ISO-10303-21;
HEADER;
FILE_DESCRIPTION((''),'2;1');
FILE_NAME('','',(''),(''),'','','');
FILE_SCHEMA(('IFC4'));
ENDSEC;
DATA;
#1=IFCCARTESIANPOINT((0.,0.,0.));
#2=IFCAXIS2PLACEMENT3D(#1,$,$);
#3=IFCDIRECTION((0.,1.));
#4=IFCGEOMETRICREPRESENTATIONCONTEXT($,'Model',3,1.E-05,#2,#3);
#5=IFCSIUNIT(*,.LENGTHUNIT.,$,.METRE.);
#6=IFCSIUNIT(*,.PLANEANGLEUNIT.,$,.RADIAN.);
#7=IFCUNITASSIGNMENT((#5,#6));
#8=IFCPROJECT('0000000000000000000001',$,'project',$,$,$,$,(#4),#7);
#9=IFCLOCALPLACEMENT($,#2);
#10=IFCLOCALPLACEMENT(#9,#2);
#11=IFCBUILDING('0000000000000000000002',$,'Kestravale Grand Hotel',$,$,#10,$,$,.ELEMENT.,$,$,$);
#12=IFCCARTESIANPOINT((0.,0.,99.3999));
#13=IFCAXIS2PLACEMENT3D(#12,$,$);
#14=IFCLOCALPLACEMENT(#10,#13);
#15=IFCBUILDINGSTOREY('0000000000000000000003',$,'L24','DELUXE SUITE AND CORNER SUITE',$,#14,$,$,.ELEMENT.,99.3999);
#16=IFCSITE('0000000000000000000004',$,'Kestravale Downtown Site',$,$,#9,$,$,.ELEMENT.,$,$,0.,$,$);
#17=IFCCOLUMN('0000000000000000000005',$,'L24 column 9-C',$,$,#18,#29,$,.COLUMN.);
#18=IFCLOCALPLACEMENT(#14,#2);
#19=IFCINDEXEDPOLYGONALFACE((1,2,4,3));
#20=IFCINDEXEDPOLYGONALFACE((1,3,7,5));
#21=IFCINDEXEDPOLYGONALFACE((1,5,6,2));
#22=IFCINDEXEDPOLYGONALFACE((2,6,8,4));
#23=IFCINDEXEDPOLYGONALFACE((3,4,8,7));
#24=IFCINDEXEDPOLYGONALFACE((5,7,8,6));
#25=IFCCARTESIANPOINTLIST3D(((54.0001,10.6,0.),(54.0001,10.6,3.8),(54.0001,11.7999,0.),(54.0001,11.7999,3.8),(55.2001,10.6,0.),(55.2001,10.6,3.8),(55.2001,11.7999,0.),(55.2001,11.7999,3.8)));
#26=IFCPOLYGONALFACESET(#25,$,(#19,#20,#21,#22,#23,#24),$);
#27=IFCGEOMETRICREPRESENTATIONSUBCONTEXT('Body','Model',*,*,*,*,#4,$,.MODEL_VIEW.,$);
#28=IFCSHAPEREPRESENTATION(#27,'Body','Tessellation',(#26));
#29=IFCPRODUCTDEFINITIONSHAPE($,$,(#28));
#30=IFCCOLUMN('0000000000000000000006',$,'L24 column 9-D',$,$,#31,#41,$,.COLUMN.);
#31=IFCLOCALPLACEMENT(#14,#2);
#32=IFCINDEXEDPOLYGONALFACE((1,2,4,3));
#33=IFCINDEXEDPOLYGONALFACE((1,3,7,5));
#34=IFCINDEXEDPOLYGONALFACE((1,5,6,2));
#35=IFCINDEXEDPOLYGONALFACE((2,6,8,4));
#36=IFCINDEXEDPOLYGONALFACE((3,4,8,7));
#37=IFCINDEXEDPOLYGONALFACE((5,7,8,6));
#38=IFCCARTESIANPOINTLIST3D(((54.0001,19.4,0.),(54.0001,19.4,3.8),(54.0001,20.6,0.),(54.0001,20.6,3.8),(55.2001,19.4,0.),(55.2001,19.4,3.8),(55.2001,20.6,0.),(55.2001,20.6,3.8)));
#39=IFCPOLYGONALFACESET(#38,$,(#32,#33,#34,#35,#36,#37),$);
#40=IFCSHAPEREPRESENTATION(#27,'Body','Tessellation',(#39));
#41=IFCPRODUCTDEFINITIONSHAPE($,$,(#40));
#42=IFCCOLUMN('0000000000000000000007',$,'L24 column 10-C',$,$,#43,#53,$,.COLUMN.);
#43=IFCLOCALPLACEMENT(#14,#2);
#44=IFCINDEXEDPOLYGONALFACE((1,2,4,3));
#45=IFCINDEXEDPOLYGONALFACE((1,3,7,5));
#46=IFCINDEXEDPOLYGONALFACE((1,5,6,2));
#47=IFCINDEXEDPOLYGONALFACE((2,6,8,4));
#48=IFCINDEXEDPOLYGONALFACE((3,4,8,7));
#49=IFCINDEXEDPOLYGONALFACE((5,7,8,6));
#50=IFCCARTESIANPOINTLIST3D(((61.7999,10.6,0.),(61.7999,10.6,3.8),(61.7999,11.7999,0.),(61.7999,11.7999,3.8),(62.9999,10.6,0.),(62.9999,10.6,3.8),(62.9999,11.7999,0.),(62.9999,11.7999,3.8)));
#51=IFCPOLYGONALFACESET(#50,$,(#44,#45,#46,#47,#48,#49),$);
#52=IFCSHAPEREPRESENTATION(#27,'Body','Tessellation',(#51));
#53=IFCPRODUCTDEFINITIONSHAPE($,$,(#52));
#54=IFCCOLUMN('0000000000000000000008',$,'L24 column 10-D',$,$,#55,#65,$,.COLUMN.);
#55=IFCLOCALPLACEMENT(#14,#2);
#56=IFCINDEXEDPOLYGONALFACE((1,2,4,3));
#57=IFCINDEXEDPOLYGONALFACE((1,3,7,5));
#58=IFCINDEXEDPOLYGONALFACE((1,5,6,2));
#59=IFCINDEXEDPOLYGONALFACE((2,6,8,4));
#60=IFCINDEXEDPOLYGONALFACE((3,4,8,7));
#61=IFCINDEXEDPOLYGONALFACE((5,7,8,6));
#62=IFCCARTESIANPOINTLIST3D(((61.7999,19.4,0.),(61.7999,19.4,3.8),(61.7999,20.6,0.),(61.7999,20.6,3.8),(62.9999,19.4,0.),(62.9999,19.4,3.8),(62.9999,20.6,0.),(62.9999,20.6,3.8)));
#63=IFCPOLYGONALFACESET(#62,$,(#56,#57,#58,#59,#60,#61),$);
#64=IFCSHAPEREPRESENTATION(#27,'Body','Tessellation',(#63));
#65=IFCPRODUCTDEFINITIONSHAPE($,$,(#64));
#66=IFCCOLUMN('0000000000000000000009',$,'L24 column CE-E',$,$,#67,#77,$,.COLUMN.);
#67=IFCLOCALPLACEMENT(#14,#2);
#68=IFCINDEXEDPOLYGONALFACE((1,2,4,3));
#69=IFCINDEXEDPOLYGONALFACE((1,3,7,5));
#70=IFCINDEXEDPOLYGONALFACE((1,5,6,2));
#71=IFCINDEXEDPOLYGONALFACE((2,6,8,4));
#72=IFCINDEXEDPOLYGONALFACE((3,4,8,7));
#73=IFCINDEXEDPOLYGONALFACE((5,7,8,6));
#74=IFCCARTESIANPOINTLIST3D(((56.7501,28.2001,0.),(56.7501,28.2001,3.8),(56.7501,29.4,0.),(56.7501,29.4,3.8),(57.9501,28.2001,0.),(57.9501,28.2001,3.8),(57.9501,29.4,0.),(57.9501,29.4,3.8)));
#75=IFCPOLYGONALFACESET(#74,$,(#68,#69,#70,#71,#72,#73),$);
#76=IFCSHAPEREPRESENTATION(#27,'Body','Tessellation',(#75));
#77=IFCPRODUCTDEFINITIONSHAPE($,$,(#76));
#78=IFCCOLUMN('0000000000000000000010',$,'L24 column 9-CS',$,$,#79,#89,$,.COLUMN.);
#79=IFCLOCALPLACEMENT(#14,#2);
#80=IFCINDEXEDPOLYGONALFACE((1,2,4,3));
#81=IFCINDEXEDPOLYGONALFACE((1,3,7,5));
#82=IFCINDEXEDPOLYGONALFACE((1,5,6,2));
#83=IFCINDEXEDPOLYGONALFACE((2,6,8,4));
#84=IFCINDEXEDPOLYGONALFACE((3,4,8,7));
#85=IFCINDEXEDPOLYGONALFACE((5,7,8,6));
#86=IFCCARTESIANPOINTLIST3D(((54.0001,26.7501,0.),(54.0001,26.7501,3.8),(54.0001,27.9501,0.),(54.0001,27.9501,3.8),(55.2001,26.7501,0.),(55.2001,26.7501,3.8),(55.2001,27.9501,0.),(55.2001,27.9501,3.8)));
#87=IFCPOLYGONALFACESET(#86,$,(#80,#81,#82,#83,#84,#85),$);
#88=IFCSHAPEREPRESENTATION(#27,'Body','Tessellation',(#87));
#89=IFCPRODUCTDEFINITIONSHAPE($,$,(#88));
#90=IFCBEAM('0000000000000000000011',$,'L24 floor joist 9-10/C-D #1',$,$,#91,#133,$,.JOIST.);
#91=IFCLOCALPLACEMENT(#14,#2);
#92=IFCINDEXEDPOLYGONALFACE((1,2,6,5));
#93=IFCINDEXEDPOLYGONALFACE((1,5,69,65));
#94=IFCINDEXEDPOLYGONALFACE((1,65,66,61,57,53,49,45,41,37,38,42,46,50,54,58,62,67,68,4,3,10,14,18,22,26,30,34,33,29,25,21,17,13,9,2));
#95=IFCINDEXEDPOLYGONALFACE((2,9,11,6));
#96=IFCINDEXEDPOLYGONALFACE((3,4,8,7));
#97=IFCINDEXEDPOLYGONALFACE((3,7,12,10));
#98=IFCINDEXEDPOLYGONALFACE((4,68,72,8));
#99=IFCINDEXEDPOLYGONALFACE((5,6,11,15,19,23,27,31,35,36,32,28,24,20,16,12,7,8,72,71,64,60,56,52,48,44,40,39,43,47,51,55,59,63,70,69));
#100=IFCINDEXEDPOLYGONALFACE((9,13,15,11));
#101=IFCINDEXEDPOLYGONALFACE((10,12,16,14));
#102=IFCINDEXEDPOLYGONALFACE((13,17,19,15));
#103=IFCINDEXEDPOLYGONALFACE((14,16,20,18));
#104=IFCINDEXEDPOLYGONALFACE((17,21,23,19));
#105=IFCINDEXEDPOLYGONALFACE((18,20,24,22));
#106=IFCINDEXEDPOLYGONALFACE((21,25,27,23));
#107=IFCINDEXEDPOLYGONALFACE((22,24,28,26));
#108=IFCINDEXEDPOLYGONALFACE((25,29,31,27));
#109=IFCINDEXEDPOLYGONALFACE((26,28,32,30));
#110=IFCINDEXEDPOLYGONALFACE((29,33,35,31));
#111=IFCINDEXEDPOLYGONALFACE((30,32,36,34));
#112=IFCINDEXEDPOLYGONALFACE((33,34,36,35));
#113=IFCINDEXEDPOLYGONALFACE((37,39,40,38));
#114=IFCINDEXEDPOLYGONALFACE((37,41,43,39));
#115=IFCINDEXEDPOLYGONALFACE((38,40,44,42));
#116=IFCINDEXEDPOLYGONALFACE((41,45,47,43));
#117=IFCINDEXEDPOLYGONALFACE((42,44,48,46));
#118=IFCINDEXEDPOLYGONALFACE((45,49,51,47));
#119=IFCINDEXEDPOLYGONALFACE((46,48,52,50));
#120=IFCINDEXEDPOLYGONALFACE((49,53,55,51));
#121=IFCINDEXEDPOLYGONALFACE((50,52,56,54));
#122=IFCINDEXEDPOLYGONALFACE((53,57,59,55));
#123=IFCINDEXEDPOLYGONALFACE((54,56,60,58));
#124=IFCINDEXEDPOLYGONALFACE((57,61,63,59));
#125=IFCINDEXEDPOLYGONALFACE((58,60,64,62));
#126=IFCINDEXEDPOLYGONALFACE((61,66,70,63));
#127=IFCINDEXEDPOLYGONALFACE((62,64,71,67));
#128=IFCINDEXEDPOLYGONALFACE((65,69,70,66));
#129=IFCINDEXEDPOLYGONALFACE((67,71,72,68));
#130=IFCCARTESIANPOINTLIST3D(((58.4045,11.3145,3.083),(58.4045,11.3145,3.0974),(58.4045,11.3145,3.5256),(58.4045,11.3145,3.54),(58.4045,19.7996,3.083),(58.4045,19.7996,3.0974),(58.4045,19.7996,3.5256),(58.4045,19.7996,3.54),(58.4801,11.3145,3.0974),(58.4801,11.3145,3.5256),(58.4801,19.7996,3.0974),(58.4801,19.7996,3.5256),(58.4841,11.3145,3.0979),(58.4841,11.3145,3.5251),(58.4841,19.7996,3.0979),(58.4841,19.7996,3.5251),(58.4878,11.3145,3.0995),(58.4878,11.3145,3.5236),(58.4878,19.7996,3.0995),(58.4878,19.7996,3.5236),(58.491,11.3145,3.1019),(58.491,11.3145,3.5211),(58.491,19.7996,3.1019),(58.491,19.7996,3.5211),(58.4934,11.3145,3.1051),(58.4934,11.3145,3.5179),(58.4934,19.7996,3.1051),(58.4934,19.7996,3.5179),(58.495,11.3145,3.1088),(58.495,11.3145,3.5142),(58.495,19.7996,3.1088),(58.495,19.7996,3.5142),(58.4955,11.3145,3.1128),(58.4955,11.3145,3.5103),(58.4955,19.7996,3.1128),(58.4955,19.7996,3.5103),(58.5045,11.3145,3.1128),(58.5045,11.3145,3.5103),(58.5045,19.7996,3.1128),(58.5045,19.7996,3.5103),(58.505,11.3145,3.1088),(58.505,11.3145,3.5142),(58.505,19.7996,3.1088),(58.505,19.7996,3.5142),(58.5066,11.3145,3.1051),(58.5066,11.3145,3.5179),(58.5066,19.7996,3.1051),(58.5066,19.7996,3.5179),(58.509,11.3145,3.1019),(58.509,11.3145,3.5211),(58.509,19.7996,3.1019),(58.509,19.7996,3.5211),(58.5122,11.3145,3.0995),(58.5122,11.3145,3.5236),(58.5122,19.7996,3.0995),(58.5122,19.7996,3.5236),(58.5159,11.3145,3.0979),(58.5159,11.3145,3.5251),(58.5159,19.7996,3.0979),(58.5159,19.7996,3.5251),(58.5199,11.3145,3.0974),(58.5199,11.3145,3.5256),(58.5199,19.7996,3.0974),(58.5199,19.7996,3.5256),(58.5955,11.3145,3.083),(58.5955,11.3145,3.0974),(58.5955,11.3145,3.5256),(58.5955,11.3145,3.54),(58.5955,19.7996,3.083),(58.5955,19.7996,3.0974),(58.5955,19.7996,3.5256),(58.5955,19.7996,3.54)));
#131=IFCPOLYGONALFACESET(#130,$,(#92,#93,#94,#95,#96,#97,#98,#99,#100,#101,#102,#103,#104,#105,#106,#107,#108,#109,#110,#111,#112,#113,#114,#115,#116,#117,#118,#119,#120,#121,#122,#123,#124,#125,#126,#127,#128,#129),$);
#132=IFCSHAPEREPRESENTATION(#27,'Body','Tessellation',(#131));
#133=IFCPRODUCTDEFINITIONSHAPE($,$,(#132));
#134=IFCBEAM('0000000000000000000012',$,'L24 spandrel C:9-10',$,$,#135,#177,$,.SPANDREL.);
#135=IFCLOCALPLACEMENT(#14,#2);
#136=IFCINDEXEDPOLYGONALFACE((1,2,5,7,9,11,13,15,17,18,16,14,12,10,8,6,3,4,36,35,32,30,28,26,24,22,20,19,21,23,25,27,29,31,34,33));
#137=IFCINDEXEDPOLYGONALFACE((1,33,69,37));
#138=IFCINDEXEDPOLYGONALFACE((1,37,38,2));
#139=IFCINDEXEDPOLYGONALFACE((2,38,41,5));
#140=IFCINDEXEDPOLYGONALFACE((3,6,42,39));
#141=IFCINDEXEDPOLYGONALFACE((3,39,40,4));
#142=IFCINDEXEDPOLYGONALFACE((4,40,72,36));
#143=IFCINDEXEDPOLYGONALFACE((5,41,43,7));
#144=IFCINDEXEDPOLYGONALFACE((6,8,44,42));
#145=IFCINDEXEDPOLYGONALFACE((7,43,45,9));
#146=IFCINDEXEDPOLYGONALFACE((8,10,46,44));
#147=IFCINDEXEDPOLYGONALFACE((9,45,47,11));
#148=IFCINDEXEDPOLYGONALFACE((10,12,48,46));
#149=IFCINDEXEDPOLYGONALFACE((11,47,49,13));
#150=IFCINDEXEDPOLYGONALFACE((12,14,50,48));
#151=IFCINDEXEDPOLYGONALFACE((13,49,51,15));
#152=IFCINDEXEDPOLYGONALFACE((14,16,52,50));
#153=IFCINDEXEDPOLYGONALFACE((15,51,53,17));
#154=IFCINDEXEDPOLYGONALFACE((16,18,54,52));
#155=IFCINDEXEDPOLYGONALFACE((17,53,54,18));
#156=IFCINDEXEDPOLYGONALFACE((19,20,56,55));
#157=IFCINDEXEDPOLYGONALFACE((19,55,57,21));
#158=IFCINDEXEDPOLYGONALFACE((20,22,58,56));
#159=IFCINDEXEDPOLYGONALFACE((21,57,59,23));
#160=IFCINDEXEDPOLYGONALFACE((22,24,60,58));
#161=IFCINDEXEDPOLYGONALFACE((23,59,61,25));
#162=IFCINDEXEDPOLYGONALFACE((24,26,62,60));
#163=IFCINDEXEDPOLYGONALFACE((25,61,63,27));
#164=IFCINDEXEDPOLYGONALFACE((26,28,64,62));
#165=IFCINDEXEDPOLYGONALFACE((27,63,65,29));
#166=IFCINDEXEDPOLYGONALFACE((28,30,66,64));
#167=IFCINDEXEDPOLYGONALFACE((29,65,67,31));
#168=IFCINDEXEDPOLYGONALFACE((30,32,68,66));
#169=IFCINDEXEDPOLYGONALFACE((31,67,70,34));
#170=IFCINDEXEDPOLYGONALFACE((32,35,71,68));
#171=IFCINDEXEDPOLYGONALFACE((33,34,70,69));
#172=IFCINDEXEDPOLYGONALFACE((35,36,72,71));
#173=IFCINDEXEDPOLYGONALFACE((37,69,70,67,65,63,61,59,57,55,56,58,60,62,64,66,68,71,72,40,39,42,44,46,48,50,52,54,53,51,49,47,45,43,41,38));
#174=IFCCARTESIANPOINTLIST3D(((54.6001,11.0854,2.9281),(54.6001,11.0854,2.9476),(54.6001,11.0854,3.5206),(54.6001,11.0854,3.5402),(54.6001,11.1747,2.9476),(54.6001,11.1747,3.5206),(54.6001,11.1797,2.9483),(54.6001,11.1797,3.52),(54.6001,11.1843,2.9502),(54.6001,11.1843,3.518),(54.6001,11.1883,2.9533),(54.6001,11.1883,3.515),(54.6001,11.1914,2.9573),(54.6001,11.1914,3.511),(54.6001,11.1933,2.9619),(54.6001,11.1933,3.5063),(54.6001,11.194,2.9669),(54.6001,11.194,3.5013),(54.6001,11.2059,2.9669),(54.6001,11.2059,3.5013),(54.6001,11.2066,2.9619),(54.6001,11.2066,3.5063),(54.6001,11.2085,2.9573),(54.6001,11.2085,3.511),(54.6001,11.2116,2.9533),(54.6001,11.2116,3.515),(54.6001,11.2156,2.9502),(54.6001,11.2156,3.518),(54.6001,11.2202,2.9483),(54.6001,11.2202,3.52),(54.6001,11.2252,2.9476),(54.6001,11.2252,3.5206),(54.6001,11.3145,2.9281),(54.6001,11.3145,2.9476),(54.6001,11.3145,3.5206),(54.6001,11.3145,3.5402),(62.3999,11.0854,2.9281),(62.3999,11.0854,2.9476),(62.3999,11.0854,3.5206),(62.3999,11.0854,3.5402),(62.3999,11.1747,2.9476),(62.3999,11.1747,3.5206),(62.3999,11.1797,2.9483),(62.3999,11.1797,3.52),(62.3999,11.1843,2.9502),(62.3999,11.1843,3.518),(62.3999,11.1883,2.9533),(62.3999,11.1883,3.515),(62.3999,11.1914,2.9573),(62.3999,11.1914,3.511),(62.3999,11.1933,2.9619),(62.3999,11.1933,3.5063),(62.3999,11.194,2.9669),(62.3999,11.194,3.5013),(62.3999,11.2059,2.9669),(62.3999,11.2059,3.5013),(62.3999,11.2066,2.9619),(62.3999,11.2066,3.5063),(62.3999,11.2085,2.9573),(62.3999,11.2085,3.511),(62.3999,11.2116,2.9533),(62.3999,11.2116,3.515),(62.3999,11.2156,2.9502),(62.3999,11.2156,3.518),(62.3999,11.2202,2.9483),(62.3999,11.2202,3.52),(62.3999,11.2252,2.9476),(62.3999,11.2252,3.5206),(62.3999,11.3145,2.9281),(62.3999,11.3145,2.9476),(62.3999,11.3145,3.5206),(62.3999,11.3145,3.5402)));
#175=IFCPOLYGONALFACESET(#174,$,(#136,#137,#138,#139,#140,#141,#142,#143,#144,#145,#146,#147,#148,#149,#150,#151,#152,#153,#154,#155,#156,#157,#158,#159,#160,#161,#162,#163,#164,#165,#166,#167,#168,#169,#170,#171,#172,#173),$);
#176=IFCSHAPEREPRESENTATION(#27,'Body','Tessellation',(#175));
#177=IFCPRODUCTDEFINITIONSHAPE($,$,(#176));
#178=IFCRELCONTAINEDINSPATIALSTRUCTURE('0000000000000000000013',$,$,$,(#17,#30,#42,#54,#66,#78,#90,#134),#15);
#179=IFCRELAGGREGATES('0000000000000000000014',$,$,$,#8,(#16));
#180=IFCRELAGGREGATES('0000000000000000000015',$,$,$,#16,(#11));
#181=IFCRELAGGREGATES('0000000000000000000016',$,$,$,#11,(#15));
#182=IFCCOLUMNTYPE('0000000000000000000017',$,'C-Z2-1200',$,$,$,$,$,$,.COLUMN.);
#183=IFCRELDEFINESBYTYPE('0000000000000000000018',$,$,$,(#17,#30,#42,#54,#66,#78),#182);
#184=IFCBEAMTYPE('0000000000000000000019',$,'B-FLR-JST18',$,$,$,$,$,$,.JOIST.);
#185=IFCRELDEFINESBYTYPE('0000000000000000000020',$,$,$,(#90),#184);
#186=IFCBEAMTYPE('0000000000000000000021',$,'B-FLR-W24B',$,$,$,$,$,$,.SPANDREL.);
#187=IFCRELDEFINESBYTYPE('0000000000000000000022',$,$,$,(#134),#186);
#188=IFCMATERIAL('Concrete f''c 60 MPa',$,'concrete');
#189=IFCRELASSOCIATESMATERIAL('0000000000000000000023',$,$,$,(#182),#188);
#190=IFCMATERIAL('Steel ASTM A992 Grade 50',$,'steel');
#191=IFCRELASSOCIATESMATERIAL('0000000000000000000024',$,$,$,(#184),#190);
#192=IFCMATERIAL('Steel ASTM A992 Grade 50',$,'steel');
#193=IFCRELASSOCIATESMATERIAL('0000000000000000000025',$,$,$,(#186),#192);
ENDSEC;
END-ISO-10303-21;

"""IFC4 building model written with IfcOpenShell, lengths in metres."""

from ifc_helpers import new_model, si_unit, direction, frame, origin, origin_2d, place, context, subcontext, project, spatial, rectangle, i_section, extrude, material, material_profile, profile_set, type_object, element, save


model = new_model("IFC4")

# Units and contexts
model_context = context("Model", 3, precision=1e-05, world=origin(), true_north=direction((0.0, 1.0)))
body_context = subcontext(model_context, "Body", "Model", "MODEL_VIEW")
ifc_project = project(units=[si_unit("LENGTHUNIT", "METRE"), si_unit("PLANEANGLEUNIT", "RADIAN")], contexts=[model_context])

# Site, building, storey
site_placement = place(None, origin())
site = spatial("IfcSite", under=ifc_project, at=site_placement, Name="Kestravale Downtown Site", CompositionType="ELEMENT", RefElevation=0.0)
building_placement = place(site_placement, origin())
building = spatial("IfcBuilding", under=site, at=building_placement, Name="Kestravale Grand Hotel", CompositionType="ELEMENT")
storey_placement = place(building_placement, frame((0.0, 0.0, 99.3999)))
storey = spatial("IfcBuildingStorey", under=building, at=storey_placement, Name="L24", Description="DELUXE SUITE AND CORNER SUITE", CompositionType="ELEMENT", Elevation=99.3999)

# Columns
ifc_material_1 = material(Name="Concrete f'c 60 MPa", Category="concrete")
ifc_material_profile_1 = material_profile(ifc_material_1, rectangle(XDim=1.2, YDim=1.2, at=origin_2d()))
ifc_profile_set_1 = profile_set([ifc_material_profile_1], Name="Concrete f'c 60 MPa")
column_type = type_object("IfcColumnType", Name="C-Z2-1200", PredefinedType="COLUMN", material=ifc_profile_set_1)
for number, where, z_axis, x_axis, name in (
    (1, (54.6001, 11.2, 0.0), (0.0, 0.0, 1.0), (1.0, 0.0, 0.0), "L24 column 9-C"),
    (2, (54.6001, 20.0, 0.0), (0.0, 0.0, 1.0), (1.0, 0.0, 0.0), "L24 column 9-D"),
    (3, (62.3999, 11.2, 0.0), (0.0, 0.0, 1.0), (1.0, 0.0, 0.0), "L24 column 10-C"),
    (4, (62.3999, 20.0, 0.0), (0.0, 0.0, 1.0), (1.0, 0.0, 0.0), "L24 column 10-D"),
    (5, (57.3501, 28.8, 0.0), (0.0, 0.0, 1.0), (1.0, 0.0, 0.0), "L24 column CE-E"),
    (6, (54.6001, 27.3501, 0.0), (0.0, 0.0, 1.0), (1.0, 0.0, 0.0), "L24 column 9-CS"),
):
    element("IfcColumn", number, at=place(storey_placement, frame(where, z_axis=z_axis, x_axis=x_axis)), inside=storey, type_object=column_type, Name=name, PredefinedType="COLUMN", context=body_context, shape_type="SweptSolid", body=[
        extrude(rectangle(XDim=1.2, YDim=1.2, at=origin_2d()), origin(), (0.0, 0.0, 1.0), 3.8),
    ])

# Beams
ifc_material_2 = material(Name="Steel ASTM A992 Grade 50", Category="steel")
ifc_material_profile_2 = material_profile(ifc_material_2, i_section(OverallWidth=0.1909, OverallDepth=0.457, WebThickness=0.009, FlangeThickness=0.0144, FilletRadius=0.0154, at=origin_2d()))
ifc_profile_set_2 = profile_set([ifc_material_profile_2], Name="Steel ASTM A992 Grade 50")
beam_type_1 = type_object("IfcBeamType", Name="B-FLR-JST18", PredefinedType="JOIST", material=ifc_profile_set_2)
beam_1_placement = place(storey_placement, frame((58.5, 11.3145, 3.3115), z_axis=(0.0, 1.0, 0.0), x_axis=(-1.0, 0.0, 0.0)))
element("IfcBeam", 7, at=beam_1_placement, inside=storey, type_object=beam_type_1, Name="L24 floor joist 9-10/C-D #1", PredefinedType="JOIST", context=body_context, shape_type="SweptSolid", body=[
    extrude(i_section(OverallWidth=0.1909, OverallDepth=0.457, WebThickness=0.009, FlangeThickness=0.0144, FilletRadius=0.0154, at=origin_2d()), origin(), (0.0, 0.0, 1.0), 8.4851),
])
ifc_material_3 = material(Name="Steel ASTM A992 Grade 50", Category="steel")
ifc_material_profile_3 = material_profile(ifc_material_3, i_section(OverallWidth=0.229, OverallDepth=0.6121, WebThickness=0.012, FlangeThickness=0.0195, FilletRadius=0.0193, at=origin_2d()))
ifc_profile_set_3 = profile_set([ifc_material_profile_3], Name="Steel ASTM A992 Grade 50")
beam_type_2 = type_object("IfcBeamType", Name="B-FLR-W24B", PredefinedType="SPANDREL", material=ifc_profile_set_3)
beam_2_placement = place(storey_placement, frame((54.6001, 11.2, 3.2341), z_axis=(1.0, 0.0, 0.0), x_axis=(0.0, 1.0, 0.0)))
element("IfcBeam", 8, at=beam_2_placement, inside=storey, type_object=beam_type_2, Name="L24 spandrel C:9-10", PredefinedType="SPANDREL", context=body_context, shape_type="SweptSolid", body=[
    extrude(i_section(OverallWidth=0.229, OverallDepth=0.6121, WebThickness=0.012, FlangeThickness=0.0195, FilletRadius=0.0193, at=origin_2d()), origin(), (0.0, 0.0, 1.0), 7.7998),
])

save(model, "model.ifc")
